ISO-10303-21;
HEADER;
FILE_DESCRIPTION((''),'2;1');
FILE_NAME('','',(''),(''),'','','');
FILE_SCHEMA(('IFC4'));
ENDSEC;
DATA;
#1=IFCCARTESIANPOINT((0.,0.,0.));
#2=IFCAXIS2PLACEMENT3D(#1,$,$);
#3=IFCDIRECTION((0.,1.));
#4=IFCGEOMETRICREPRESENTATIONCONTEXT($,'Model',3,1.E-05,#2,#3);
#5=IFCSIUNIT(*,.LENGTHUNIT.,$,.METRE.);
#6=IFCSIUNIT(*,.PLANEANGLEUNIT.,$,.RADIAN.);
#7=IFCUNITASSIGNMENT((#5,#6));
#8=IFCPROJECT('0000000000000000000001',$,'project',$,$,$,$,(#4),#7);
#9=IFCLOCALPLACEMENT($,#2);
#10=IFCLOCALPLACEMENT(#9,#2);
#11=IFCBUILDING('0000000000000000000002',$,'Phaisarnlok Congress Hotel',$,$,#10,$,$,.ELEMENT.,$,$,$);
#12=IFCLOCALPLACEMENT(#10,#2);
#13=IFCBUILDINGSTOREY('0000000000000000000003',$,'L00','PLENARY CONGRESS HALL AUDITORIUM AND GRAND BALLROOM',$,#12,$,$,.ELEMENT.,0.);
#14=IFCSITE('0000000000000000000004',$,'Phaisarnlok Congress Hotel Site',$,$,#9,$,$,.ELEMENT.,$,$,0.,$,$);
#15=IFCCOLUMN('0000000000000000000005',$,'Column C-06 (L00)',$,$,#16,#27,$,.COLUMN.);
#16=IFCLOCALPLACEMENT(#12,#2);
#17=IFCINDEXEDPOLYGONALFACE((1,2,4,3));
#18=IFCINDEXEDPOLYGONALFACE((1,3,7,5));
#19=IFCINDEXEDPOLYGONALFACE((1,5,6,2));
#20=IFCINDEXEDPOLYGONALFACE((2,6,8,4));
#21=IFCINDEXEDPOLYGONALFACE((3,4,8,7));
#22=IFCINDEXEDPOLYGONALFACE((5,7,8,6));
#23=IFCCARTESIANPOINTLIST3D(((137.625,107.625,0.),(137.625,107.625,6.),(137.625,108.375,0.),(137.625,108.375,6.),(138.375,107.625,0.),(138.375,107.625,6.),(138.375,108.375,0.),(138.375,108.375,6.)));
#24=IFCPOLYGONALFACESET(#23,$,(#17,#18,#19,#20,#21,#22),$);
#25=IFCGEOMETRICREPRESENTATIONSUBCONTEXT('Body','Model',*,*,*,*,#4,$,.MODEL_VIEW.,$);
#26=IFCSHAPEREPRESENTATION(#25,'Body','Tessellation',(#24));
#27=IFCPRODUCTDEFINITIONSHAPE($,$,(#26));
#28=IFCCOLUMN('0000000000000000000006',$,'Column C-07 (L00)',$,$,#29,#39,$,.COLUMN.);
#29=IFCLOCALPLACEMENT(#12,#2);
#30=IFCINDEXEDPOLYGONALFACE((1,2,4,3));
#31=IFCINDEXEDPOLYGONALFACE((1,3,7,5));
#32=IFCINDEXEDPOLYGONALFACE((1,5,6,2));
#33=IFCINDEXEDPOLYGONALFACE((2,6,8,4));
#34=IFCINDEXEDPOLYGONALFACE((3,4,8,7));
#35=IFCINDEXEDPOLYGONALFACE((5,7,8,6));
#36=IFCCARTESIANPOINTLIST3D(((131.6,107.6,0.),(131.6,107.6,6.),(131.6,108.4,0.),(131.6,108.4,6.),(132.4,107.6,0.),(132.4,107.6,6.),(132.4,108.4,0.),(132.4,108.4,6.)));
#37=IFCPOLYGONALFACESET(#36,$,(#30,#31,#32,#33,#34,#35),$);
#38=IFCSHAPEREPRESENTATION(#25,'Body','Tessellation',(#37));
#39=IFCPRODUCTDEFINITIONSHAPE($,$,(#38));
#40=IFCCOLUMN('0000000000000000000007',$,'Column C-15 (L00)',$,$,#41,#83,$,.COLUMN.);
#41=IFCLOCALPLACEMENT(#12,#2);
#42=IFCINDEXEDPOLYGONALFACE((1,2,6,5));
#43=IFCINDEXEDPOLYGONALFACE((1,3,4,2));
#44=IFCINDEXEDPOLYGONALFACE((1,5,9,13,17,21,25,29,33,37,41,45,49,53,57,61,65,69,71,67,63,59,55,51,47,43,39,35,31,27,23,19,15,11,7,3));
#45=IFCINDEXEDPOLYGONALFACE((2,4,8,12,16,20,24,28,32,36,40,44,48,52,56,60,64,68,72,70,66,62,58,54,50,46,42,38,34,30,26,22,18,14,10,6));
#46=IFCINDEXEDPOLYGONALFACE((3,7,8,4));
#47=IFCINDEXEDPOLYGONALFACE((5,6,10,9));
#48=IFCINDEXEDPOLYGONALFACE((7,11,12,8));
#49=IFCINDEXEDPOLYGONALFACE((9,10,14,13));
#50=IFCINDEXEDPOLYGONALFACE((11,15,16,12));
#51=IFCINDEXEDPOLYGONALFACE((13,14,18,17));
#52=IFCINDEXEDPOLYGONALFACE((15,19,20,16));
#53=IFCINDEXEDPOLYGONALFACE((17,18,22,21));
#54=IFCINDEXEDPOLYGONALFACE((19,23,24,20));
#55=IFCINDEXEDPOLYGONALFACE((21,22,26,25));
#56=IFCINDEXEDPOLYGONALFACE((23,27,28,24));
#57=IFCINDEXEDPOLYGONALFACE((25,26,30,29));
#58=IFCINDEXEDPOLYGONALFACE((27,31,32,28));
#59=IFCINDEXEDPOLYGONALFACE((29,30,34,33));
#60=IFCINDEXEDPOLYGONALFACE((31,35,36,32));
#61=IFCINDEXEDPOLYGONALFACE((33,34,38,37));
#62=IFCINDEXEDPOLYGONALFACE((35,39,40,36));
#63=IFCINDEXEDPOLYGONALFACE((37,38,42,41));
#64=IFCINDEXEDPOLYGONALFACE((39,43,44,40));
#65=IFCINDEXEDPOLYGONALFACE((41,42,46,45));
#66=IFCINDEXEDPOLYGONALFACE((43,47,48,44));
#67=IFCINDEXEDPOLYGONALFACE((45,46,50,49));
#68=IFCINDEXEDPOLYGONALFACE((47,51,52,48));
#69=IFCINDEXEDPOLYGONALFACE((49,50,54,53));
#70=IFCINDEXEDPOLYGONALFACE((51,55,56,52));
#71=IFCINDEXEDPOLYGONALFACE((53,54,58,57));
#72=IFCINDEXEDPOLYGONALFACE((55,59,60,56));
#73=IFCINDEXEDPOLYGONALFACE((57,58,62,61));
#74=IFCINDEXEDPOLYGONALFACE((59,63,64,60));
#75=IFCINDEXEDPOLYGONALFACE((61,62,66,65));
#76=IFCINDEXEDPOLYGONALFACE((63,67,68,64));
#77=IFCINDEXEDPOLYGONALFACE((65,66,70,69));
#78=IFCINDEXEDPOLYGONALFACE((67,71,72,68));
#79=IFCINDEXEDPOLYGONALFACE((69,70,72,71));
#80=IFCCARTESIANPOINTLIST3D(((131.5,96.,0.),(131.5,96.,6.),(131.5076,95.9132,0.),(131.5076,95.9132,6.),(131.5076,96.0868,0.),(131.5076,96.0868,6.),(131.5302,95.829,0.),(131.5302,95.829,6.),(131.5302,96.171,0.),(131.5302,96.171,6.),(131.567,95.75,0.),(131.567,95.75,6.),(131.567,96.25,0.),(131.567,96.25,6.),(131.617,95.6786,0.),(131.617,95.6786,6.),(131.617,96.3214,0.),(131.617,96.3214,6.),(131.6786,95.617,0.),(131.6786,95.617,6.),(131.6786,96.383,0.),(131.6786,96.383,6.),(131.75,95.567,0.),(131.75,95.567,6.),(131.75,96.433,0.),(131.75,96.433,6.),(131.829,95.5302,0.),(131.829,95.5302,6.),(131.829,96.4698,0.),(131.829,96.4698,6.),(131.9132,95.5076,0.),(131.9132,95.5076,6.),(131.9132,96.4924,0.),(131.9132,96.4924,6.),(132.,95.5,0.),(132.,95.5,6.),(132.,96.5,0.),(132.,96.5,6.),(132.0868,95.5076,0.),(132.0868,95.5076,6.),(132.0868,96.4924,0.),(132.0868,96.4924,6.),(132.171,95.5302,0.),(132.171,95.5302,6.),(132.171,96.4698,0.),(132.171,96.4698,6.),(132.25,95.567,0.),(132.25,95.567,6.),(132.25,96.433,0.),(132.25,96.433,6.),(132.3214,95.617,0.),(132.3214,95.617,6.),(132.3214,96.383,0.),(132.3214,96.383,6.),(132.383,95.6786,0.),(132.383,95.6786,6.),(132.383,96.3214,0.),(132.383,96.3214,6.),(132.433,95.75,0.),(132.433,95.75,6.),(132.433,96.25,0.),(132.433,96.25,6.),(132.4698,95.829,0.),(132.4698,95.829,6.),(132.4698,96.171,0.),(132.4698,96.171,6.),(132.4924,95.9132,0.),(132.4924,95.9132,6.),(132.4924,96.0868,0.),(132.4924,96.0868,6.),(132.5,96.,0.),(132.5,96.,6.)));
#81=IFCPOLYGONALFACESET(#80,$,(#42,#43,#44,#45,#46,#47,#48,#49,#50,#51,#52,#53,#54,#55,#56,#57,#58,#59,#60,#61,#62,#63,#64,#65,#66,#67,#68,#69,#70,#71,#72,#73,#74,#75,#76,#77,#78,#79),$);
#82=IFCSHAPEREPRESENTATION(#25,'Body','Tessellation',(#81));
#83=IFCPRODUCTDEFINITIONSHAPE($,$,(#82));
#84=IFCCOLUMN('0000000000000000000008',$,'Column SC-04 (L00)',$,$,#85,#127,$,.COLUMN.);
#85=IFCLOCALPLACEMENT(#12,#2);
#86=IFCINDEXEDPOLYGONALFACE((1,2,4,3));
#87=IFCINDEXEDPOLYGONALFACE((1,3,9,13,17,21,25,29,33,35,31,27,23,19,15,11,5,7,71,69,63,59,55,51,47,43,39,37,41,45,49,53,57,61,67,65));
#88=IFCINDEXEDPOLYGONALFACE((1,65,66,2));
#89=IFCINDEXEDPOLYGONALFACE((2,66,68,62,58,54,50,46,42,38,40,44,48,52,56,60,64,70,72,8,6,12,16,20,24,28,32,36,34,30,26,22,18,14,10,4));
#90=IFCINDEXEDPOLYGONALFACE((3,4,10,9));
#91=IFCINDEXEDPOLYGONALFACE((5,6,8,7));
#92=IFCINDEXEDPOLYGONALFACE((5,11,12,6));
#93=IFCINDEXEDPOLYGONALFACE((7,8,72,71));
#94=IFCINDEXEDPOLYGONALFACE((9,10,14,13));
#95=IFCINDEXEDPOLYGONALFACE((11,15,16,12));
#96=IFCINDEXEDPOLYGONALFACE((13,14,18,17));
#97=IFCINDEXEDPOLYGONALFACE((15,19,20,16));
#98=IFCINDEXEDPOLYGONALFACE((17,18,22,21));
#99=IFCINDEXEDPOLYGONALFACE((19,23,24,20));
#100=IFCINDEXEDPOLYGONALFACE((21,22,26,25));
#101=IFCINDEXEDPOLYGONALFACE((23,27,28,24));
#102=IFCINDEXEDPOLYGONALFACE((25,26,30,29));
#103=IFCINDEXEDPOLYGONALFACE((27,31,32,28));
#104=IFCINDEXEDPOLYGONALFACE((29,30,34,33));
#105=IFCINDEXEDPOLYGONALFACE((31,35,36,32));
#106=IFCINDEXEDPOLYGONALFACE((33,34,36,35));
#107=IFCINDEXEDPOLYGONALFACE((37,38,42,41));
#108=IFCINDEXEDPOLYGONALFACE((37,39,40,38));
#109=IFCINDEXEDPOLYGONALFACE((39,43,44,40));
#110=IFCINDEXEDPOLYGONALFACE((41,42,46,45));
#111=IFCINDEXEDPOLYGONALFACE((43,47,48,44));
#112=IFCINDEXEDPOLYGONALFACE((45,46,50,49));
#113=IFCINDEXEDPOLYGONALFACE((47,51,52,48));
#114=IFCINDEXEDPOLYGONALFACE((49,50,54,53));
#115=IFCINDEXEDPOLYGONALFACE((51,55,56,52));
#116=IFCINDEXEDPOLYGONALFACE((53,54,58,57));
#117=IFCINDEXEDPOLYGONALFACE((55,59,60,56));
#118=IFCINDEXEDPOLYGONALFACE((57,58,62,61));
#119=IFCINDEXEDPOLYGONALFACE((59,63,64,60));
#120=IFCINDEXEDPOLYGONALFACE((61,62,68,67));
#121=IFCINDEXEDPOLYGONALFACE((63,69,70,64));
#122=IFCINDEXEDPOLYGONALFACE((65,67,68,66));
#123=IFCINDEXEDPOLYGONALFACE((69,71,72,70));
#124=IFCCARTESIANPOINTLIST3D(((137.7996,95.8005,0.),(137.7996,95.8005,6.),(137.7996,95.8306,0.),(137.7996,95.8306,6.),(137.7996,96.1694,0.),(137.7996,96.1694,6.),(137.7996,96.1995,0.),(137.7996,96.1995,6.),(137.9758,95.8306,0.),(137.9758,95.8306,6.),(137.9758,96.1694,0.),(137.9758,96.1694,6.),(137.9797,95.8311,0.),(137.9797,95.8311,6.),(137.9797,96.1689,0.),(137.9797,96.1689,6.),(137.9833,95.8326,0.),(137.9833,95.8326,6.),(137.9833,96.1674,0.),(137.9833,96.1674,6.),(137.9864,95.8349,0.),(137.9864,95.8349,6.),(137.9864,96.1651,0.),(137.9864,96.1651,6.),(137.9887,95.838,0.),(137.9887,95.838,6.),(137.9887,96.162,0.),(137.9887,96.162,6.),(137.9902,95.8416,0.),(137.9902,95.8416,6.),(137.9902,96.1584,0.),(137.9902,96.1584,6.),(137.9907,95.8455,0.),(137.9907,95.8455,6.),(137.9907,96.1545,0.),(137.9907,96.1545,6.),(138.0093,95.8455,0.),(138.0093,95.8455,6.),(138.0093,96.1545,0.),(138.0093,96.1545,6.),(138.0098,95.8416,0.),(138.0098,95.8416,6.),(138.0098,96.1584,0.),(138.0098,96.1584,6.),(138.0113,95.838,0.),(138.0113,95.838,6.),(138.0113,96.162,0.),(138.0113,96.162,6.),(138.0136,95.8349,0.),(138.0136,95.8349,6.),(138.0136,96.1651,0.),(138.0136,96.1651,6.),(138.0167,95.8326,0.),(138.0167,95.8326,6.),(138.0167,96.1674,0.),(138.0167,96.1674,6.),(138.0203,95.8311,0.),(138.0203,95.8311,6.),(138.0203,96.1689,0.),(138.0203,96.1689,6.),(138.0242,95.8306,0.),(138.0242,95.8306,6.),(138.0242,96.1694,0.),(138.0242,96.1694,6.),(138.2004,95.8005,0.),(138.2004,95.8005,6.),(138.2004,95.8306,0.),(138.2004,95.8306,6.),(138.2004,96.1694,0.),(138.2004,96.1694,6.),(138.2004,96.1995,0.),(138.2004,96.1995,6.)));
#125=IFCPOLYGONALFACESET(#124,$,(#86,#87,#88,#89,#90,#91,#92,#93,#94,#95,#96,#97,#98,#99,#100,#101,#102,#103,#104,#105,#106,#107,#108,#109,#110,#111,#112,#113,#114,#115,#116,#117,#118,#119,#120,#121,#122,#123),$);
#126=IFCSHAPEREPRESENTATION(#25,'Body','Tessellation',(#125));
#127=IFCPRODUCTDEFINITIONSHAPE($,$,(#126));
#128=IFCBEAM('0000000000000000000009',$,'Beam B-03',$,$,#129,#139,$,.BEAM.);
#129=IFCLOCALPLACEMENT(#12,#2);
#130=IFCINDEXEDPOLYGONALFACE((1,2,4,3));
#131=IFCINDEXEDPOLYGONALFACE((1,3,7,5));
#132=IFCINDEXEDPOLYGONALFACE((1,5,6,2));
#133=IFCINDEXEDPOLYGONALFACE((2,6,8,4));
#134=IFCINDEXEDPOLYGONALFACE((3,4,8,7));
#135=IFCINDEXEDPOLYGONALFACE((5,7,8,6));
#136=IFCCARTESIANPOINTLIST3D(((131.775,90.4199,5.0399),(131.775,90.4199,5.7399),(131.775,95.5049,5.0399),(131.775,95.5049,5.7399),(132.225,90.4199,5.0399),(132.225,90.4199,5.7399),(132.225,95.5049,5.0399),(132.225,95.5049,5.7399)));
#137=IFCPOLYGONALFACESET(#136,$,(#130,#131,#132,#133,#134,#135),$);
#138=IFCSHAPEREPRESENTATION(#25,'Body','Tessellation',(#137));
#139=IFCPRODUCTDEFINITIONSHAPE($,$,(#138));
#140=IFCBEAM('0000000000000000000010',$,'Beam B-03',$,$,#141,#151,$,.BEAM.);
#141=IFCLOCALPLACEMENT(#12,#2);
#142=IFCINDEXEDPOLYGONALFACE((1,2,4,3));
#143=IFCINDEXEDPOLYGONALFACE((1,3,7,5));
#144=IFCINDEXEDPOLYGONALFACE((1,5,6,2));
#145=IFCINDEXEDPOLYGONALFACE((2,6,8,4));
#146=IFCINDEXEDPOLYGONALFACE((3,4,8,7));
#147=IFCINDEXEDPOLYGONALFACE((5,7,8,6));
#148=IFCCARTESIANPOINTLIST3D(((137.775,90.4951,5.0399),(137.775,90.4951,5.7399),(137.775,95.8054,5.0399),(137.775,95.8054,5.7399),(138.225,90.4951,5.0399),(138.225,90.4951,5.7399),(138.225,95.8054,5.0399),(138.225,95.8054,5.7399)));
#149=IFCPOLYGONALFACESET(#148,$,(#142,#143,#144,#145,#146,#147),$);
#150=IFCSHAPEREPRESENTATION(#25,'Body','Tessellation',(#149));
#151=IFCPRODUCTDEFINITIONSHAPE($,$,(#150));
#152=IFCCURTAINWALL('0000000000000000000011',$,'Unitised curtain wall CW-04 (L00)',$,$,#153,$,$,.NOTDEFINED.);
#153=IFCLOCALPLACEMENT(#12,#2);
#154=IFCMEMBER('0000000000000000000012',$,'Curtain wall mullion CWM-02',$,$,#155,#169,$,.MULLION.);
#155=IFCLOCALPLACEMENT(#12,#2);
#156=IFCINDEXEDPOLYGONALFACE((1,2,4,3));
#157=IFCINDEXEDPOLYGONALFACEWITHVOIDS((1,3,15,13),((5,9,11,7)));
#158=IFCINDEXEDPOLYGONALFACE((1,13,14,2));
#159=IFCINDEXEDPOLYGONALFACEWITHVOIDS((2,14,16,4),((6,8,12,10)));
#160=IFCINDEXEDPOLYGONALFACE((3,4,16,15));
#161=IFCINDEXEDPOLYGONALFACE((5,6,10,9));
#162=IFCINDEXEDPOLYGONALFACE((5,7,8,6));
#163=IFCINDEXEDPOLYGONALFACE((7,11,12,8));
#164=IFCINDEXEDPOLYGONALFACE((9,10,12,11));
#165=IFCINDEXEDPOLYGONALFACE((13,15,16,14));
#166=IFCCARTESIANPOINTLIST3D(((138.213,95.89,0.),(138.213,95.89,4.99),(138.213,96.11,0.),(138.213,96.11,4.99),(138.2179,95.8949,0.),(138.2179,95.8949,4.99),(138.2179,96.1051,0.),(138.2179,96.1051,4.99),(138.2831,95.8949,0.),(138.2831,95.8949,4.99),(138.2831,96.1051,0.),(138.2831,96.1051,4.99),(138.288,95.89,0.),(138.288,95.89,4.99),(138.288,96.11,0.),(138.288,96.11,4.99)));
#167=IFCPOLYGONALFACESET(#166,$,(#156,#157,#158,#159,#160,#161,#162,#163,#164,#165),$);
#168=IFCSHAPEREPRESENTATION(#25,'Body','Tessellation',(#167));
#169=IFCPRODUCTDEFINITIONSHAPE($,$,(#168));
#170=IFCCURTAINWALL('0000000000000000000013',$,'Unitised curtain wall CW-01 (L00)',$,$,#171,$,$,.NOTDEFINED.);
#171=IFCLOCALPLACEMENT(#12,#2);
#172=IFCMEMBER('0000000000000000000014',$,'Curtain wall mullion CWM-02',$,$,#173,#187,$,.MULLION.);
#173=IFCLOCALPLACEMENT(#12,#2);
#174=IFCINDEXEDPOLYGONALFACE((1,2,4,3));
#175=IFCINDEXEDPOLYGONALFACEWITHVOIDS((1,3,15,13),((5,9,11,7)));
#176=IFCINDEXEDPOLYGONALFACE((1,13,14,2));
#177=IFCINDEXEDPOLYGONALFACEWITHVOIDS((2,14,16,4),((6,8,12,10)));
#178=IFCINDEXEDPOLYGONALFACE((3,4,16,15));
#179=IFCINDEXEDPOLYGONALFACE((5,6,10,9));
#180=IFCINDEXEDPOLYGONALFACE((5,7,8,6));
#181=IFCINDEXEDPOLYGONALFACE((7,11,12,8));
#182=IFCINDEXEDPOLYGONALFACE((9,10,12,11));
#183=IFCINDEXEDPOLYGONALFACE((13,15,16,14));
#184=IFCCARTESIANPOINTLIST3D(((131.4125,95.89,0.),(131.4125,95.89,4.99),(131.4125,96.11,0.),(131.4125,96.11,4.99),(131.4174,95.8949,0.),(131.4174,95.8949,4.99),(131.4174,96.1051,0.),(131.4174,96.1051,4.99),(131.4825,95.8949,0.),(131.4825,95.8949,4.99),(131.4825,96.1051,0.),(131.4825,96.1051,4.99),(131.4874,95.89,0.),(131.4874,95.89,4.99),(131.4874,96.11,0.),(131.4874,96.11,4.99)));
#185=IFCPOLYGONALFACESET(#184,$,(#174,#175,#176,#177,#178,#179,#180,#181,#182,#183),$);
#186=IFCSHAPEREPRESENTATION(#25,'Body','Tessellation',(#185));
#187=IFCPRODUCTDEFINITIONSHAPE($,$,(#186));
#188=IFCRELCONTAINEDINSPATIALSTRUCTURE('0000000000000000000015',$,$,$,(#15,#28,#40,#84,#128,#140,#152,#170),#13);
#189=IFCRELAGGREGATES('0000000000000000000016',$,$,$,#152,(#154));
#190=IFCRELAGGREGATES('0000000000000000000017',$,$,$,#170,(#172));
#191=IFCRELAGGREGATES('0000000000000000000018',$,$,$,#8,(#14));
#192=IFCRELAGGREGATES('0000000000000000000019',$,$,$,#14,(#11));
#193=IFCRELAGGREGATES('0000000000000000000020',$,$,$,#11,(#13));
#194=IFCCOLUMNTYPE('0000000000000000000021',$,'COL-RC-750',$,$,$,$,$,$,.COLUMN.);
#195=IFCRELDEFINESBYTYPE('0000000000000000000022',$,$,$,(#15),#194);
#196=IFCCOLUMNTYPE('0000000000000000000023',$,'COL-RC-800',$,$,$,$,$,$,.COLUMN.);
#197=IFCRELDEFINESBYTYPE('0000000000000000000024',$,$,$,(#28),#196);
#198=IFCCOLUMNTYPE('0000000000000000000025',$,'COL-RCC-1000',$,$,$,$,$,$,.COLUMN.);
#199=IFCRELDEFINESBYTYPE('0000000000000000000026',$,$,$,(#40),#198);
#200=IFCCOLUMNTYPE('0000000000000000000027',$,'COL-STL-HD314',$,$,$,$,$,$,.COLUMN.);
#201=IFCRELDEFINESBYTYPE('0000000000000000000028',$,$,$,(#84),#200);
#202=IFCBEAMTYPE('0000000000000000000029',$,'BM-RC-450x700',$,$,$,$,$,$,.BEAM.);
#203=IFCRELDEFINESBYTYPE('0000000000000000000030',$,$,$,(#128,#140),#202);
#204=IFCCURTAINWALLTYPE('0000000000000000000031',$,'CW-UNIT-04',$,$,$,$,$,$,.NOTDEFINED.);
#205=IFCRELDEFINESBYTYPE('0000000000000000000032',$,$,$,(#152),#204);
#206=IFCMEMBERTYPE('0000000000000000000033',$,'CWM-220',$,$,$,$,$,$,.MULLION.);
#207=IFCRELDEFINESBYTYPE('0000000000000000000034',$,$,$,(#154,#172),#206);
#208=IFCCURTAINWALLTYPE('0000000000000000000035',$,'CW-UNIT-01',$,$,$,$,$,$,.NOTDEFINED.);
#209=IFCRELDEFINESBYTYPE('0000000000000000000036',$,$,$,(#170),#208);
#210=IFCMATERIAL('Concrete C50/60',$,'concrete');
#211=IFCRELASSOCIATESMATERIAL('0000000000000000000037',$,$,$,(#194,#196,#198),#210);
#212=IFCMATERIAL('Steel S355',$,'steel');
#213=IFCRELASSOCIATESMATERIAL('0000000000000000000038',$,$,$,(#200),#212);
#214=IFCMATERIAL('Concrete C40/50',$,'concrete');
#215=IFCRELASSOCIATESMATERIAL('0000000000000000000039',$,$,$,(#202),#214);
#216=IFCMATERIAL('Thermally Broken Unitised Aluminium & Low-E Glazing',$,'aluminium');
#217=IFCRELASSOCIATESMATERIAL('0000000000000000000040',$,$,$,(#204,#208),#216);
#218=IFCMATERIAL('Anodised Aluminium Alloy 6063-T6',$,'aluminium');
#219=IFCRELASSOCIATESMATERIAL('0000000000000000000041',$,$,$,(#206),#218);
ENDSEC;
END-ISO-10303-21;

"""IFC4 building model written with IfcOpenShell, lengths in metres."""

from ifc_helpers import new_model, si_unit, direction, frame, origin, origin_2d, place, context, subcontext, project, spatial, rectangle, hollow_rectangle, circle, i_section, extrude, material, material_profile, profile_set, type_object, element, aggregate, save


model = new_model("IFC4")

# Units and contexts
model_context = context("Model", 3, precision=1e-05, world=origin(), true_north=direction((0.0, 1.0)))
body_context = subcontext(model_context, "Body", "Model", "MODEL_VIEW")
ifc_project = project(units=[si_unit("LENGTHUNIT", "METRE"), si_unit("PLANEANGLEUNIT", "RADIAN")], contexts=[model_context])

# Site, building, storey
site_placement = place(None, origin())
site = spatial("IfcSite", under=ifc_project, at=site_placement, Name="Phaisarnlok Congress Hotel Site", CompositionType="ELEMENT", RefElevation=0.0)
building_placement = place(site_placement, origin())
building = spatial("IfcBuilding", under=site, at=building_placement, Name="Phaisarnlok Congress Hotel", CompositionType="ELEMENT")
storey_placement = place(building_placement, origin())
storey = spatial("IfcBuildingStorey", under=building, at=storey_placement, Name="L00", Description="PLENARY CONGRESS HALL AUDITORIUM AND GRAND BALLROOM", CompositionType="ELEMENT", Elevation=0.0)

# Columns
ifc_material_1 = material(Name="Concrete C50/60", Category="concrete")
ifc_material_profile_1 = material_profile(ifc_material_1, rectangle(XDim=0.75, YDim=0.75, at=origin_2d()), Name="RC 750x750")
ifc_profile_set_1 = profile_set([ifc_material_profile_1], Name="Concrete C50/60")
column_type_1 = type_object("IfcColumnType", Name="COL-RC-750", PredefinedType="COLUMN", material=ifc_profile_set_1)
column_1_placement = place(storey_placement, frame((138.0, 108.0, 0.0), z_axis=(0.0, 0.0, 1.0), x_axis=(1.0, 0.0, 0.0)))
element("IfcColumn", 1, at=column_1_placement, inside=storey, type_object=column_type_1, Name="Column C-06 (L00)", PredefinedType="COLUMN", context=body_context, shape_type="SweptSolid", body=[
    extrude(rectangle(XDim=0.75, YDim=0.75, at=origin_2d()), origin(), (0.0, 0.0, 1.0), 6.0),
])
ifc_material_profile_2 = material_profile(ifc_material_1, rectangle(XDim=0.8, YDim=0.8, at=origin_2d()), Name="RC 800x800")
ifc_profile_set_2 = profile_set([ifc_material_profile_2], Name="Concrete C50/60")
column_type_2 = type_object("IfcColumnType", Name="COL-RC-800", PredefinedType="COLUMN", material=ifc_profile_set_2)
column_2_placement = place(storey_placement, frame((132.0, 108.0, 0.0), z_axis=(0.0, 0.0, 1.0), x_axis=(1.0, 0.0, 0.0)))
element("IfcColumn", 2, at=column_2_placement, inside=storey, type_object=column_type_2, Name="Column C-07 (L00)", PredefinedType="COLUMN", context=body_context, shape_type="SweptSolid", body=[
    extrude(rectangle(XDim=0.8, YDim=0.8, at=origin_2d()), origin(), (0.0, 0.0, 1.0), 6.0),
])
ifc_material_profile_3 = material_profile(ifc_material_1, circle(Radius=0.5, at=origin_2d()), Name="RCC D1000")
ifc_profile_set_3 = profile_set([ifc_material_profile_3], Name="Concrete C50/60")
column_type_3 = type_object("IfcColumnType", Name="COL-RCC-1000", PredefinedType="COLUMN", material=ifc_profile_set_3)
column_3_placement = place(storey_placement, frame((132.0, 96.0, 0.0), z_axis=(0.0, 0.0, 1.0), x_axis=(1.0, 0.0, 0.0)))
element("IfcColumn", 3, at=column_3_placement, inside=storey, type_object=column_type_3, Name="Column C-15 (L00)", PredefinedType="COLUMN", context=body_context, shape_type="SweptSolid", body=[
    extrude(circle(Radius=0.5, at=origin_2d()), origin(), (0.0, 0.0, 1.0), 6.0),
])
ifc_material_2 = material(Name="Steel S355", Category="steel")
ifc_material_profile_4 = material_profile(ifc_material_2, i_section(OverallWidth=0.4009, OverallDepth=0.3989, WebThickness=0.0186, FlangeThickness=0.03, FilletRadius=0.0149, at=origin_2d()), Name="HD 400x314")
ifc_profile_set_4 = profile_set([ifc_material_profile_4], Name="Steel S355")
column_type_4 = type_object("IfcColumnType", Name="COL-STL-HD314", PredefinedType="COLUMN", material=ifc_profile_set_4)
column_4_placement = place(storey_placement, frame((138.0, 96.0, 0.0), z_axis=(0.0, 0.0, 1.0), x_axis=(1.0, 0.0, 0.0)))
element("IfcColumn", 4, at=column_4_placement, inside=storey, type_object=column_type_4, Name="Column SC-04 (L00)", PredefinedType="COLUMN", context=body_context, shape_type="SweptSolid", body=[
    extrude(i_section(OverallWidth=0.4009, OverallDepth=0.3989, WebThickness=0.0186, FlangeThickness=0.03, FilletRadius=0.0149, at=origin_2d()), origin(), (0.0, 0.0, 1.0), 6.0),
])

# Beams
ifc_material_3 = material(Name="Concrete C40/50", Category="concrete")
ifc_material_profile_5 = material_profile(ifc_material_3, rectangle(XDim=0.45, YDim=0.7, at=origin_2d()), Name="RC 450x700")
ifc_profile_set_5 = profile_set([ifc_material_profile_5], Name="Concrete C40/50")
beam_type_1 = type_object("IfcBeamType", Name="BM-RC-450x700", PredefinedType="BEAM", material=ifc_profile_set_5)
beam_1_placement = place(storey_placement, frame((132.0, 90.4199, 5.3899), z_axis=(0.0, 1.0, 0.0), x_axis=(-1.0, 0.0, 0.0)))
element("IfcBeam", 5, at=beam_1_placement, inside=storey, type_object=beam_type_1, Name="Beam B-03", PredefinedType="BEAM", context=body_context, shape_type="SweptSolid", body=[
    extrude(rectangle(XDim=0.45, YDim=0.7, at=origin_2d()), origin(), (0.0, 0.0, 1.0), 5.085),
])
beam_2_placement = place(storey_placement, frame((138.0, 90.4951, 5.3899), z_axis=(0.0, 1.0, 0.0), x_axis=(-1.0, 0.0, 0.0)))
element("IfcBeam", 6, at=beam_2_placement, inside=storey, type_object=beam_type_1, Name="Beam B-03", PredefinedType="BEAM", context=body_context, shape_type="SweptSolid", body=[
    extrude(rectangle(XDim=0.45, YDim=0.7, at=origin_2d()), origin(), (0.0, 0.0, 1.0), 5.3103),
])

# Curtain wall, member
ifc_material_4 = material(Name="Thermally Broken Unitised Aluminium & Low-E Glazing", Category="aluminium")
curtain_wall_type_1 = type_object("IfcCurtainWallType", Name="CW-UNIT-04", PredefinedType="NOTDEFINED", material=ifc_material_4)
curtain_wall_1_placement = place(storey_placement, origin())
curtain_wall_1 = element("IfcCurtainWall", 7, at=curtain_wall_1_placement, inside=storey, type_object=curtain_wall_type_1, Name="Unitised curtain wall CW-04 (L00)", PredefinedType="NOTDEFINED")
ifc_material_5 = material(Name="Anodised Aluminium Alloy 6063-T6", Category="aluminium")
ifc_material_profile_6 = material_profile(ifc_material_5, hollow_rectangle(XDim=0.075, YDim=0.22, WallThickness=0.0049, at=origin_2d()), Name="ALU-M 75x220x5")
ifc_profile_set_6 = profile_set([ifc_material_profile_6], Name="Anodised Aluminium Alloy 6063-T6")
member_type_1 = type_object("IfcMemberType", Name="CWM-220", PredefinedType="MULLION", material=ifc_profile_set_6)
member_1_placement = place(storey_placement, frame((138.2505, 96.0, 0.0), z_axis=(0.0, 0.0, 1.0), x_axis=(-1.0, 0.0, 0.0)))
member_1 = element("IfcMember", 8, at=member_1_placement, type_object=member_type_1, Name="Curtain wall mullion CWM-02", PredefinedType="MULLION", context=body_context, shape_type="SweptSolid", body=[
    extrude(hollow_rectangle(XDim=0.075, YDim=0.22, WallThickness=0.0049, at=origin_2d()), origin(), (0.0, 0.0, 1.0), 4.99),
])
aggregate(curtain_wall_1, [member_1])

# Curtain wall, member
curtain_wall_type_2 = type_object("IfcCurtainWallType", Name="CW-UNIT-01", PredefinedType="NOTDEFINED", material=ifc_material_4)
curtain_wall_2_placement = place(storey_placement, origin())
curtain_wall_2 = element("IfcCurtainWall", 9, at=curtain_wall_2_placement, inside=storey, type_object=curtain_wall_type_2, Name="Unitised curtain wall CW-01 (L00)", PredefinedType="NOTDEFINED")
member_2_placement = place(storey_placement, frame((131.45, 96.0, 0.0), z_axis=(0.0, 0.0, 1.0), x_axis=(-1.0, 0.0, 0.0)))
member_2 = element("IfcMember", 10, at=member_2_placement, type_object=member_type_1, Name="Curtain wall mullion CWM-02", PredefinedType="MULLION", context=body_context, shape_type="SweptSolid", body=[
    extrude(hollow_rectangle(XDim=0.075, YDim=0.22, WallThickness=0.0049, at=origin_2d()), origin(), (0.0, 0.0, 1.0), 4.99),
])

aggregate(curtain_wall_2, [member_2])

save(model, "model.ifc")
